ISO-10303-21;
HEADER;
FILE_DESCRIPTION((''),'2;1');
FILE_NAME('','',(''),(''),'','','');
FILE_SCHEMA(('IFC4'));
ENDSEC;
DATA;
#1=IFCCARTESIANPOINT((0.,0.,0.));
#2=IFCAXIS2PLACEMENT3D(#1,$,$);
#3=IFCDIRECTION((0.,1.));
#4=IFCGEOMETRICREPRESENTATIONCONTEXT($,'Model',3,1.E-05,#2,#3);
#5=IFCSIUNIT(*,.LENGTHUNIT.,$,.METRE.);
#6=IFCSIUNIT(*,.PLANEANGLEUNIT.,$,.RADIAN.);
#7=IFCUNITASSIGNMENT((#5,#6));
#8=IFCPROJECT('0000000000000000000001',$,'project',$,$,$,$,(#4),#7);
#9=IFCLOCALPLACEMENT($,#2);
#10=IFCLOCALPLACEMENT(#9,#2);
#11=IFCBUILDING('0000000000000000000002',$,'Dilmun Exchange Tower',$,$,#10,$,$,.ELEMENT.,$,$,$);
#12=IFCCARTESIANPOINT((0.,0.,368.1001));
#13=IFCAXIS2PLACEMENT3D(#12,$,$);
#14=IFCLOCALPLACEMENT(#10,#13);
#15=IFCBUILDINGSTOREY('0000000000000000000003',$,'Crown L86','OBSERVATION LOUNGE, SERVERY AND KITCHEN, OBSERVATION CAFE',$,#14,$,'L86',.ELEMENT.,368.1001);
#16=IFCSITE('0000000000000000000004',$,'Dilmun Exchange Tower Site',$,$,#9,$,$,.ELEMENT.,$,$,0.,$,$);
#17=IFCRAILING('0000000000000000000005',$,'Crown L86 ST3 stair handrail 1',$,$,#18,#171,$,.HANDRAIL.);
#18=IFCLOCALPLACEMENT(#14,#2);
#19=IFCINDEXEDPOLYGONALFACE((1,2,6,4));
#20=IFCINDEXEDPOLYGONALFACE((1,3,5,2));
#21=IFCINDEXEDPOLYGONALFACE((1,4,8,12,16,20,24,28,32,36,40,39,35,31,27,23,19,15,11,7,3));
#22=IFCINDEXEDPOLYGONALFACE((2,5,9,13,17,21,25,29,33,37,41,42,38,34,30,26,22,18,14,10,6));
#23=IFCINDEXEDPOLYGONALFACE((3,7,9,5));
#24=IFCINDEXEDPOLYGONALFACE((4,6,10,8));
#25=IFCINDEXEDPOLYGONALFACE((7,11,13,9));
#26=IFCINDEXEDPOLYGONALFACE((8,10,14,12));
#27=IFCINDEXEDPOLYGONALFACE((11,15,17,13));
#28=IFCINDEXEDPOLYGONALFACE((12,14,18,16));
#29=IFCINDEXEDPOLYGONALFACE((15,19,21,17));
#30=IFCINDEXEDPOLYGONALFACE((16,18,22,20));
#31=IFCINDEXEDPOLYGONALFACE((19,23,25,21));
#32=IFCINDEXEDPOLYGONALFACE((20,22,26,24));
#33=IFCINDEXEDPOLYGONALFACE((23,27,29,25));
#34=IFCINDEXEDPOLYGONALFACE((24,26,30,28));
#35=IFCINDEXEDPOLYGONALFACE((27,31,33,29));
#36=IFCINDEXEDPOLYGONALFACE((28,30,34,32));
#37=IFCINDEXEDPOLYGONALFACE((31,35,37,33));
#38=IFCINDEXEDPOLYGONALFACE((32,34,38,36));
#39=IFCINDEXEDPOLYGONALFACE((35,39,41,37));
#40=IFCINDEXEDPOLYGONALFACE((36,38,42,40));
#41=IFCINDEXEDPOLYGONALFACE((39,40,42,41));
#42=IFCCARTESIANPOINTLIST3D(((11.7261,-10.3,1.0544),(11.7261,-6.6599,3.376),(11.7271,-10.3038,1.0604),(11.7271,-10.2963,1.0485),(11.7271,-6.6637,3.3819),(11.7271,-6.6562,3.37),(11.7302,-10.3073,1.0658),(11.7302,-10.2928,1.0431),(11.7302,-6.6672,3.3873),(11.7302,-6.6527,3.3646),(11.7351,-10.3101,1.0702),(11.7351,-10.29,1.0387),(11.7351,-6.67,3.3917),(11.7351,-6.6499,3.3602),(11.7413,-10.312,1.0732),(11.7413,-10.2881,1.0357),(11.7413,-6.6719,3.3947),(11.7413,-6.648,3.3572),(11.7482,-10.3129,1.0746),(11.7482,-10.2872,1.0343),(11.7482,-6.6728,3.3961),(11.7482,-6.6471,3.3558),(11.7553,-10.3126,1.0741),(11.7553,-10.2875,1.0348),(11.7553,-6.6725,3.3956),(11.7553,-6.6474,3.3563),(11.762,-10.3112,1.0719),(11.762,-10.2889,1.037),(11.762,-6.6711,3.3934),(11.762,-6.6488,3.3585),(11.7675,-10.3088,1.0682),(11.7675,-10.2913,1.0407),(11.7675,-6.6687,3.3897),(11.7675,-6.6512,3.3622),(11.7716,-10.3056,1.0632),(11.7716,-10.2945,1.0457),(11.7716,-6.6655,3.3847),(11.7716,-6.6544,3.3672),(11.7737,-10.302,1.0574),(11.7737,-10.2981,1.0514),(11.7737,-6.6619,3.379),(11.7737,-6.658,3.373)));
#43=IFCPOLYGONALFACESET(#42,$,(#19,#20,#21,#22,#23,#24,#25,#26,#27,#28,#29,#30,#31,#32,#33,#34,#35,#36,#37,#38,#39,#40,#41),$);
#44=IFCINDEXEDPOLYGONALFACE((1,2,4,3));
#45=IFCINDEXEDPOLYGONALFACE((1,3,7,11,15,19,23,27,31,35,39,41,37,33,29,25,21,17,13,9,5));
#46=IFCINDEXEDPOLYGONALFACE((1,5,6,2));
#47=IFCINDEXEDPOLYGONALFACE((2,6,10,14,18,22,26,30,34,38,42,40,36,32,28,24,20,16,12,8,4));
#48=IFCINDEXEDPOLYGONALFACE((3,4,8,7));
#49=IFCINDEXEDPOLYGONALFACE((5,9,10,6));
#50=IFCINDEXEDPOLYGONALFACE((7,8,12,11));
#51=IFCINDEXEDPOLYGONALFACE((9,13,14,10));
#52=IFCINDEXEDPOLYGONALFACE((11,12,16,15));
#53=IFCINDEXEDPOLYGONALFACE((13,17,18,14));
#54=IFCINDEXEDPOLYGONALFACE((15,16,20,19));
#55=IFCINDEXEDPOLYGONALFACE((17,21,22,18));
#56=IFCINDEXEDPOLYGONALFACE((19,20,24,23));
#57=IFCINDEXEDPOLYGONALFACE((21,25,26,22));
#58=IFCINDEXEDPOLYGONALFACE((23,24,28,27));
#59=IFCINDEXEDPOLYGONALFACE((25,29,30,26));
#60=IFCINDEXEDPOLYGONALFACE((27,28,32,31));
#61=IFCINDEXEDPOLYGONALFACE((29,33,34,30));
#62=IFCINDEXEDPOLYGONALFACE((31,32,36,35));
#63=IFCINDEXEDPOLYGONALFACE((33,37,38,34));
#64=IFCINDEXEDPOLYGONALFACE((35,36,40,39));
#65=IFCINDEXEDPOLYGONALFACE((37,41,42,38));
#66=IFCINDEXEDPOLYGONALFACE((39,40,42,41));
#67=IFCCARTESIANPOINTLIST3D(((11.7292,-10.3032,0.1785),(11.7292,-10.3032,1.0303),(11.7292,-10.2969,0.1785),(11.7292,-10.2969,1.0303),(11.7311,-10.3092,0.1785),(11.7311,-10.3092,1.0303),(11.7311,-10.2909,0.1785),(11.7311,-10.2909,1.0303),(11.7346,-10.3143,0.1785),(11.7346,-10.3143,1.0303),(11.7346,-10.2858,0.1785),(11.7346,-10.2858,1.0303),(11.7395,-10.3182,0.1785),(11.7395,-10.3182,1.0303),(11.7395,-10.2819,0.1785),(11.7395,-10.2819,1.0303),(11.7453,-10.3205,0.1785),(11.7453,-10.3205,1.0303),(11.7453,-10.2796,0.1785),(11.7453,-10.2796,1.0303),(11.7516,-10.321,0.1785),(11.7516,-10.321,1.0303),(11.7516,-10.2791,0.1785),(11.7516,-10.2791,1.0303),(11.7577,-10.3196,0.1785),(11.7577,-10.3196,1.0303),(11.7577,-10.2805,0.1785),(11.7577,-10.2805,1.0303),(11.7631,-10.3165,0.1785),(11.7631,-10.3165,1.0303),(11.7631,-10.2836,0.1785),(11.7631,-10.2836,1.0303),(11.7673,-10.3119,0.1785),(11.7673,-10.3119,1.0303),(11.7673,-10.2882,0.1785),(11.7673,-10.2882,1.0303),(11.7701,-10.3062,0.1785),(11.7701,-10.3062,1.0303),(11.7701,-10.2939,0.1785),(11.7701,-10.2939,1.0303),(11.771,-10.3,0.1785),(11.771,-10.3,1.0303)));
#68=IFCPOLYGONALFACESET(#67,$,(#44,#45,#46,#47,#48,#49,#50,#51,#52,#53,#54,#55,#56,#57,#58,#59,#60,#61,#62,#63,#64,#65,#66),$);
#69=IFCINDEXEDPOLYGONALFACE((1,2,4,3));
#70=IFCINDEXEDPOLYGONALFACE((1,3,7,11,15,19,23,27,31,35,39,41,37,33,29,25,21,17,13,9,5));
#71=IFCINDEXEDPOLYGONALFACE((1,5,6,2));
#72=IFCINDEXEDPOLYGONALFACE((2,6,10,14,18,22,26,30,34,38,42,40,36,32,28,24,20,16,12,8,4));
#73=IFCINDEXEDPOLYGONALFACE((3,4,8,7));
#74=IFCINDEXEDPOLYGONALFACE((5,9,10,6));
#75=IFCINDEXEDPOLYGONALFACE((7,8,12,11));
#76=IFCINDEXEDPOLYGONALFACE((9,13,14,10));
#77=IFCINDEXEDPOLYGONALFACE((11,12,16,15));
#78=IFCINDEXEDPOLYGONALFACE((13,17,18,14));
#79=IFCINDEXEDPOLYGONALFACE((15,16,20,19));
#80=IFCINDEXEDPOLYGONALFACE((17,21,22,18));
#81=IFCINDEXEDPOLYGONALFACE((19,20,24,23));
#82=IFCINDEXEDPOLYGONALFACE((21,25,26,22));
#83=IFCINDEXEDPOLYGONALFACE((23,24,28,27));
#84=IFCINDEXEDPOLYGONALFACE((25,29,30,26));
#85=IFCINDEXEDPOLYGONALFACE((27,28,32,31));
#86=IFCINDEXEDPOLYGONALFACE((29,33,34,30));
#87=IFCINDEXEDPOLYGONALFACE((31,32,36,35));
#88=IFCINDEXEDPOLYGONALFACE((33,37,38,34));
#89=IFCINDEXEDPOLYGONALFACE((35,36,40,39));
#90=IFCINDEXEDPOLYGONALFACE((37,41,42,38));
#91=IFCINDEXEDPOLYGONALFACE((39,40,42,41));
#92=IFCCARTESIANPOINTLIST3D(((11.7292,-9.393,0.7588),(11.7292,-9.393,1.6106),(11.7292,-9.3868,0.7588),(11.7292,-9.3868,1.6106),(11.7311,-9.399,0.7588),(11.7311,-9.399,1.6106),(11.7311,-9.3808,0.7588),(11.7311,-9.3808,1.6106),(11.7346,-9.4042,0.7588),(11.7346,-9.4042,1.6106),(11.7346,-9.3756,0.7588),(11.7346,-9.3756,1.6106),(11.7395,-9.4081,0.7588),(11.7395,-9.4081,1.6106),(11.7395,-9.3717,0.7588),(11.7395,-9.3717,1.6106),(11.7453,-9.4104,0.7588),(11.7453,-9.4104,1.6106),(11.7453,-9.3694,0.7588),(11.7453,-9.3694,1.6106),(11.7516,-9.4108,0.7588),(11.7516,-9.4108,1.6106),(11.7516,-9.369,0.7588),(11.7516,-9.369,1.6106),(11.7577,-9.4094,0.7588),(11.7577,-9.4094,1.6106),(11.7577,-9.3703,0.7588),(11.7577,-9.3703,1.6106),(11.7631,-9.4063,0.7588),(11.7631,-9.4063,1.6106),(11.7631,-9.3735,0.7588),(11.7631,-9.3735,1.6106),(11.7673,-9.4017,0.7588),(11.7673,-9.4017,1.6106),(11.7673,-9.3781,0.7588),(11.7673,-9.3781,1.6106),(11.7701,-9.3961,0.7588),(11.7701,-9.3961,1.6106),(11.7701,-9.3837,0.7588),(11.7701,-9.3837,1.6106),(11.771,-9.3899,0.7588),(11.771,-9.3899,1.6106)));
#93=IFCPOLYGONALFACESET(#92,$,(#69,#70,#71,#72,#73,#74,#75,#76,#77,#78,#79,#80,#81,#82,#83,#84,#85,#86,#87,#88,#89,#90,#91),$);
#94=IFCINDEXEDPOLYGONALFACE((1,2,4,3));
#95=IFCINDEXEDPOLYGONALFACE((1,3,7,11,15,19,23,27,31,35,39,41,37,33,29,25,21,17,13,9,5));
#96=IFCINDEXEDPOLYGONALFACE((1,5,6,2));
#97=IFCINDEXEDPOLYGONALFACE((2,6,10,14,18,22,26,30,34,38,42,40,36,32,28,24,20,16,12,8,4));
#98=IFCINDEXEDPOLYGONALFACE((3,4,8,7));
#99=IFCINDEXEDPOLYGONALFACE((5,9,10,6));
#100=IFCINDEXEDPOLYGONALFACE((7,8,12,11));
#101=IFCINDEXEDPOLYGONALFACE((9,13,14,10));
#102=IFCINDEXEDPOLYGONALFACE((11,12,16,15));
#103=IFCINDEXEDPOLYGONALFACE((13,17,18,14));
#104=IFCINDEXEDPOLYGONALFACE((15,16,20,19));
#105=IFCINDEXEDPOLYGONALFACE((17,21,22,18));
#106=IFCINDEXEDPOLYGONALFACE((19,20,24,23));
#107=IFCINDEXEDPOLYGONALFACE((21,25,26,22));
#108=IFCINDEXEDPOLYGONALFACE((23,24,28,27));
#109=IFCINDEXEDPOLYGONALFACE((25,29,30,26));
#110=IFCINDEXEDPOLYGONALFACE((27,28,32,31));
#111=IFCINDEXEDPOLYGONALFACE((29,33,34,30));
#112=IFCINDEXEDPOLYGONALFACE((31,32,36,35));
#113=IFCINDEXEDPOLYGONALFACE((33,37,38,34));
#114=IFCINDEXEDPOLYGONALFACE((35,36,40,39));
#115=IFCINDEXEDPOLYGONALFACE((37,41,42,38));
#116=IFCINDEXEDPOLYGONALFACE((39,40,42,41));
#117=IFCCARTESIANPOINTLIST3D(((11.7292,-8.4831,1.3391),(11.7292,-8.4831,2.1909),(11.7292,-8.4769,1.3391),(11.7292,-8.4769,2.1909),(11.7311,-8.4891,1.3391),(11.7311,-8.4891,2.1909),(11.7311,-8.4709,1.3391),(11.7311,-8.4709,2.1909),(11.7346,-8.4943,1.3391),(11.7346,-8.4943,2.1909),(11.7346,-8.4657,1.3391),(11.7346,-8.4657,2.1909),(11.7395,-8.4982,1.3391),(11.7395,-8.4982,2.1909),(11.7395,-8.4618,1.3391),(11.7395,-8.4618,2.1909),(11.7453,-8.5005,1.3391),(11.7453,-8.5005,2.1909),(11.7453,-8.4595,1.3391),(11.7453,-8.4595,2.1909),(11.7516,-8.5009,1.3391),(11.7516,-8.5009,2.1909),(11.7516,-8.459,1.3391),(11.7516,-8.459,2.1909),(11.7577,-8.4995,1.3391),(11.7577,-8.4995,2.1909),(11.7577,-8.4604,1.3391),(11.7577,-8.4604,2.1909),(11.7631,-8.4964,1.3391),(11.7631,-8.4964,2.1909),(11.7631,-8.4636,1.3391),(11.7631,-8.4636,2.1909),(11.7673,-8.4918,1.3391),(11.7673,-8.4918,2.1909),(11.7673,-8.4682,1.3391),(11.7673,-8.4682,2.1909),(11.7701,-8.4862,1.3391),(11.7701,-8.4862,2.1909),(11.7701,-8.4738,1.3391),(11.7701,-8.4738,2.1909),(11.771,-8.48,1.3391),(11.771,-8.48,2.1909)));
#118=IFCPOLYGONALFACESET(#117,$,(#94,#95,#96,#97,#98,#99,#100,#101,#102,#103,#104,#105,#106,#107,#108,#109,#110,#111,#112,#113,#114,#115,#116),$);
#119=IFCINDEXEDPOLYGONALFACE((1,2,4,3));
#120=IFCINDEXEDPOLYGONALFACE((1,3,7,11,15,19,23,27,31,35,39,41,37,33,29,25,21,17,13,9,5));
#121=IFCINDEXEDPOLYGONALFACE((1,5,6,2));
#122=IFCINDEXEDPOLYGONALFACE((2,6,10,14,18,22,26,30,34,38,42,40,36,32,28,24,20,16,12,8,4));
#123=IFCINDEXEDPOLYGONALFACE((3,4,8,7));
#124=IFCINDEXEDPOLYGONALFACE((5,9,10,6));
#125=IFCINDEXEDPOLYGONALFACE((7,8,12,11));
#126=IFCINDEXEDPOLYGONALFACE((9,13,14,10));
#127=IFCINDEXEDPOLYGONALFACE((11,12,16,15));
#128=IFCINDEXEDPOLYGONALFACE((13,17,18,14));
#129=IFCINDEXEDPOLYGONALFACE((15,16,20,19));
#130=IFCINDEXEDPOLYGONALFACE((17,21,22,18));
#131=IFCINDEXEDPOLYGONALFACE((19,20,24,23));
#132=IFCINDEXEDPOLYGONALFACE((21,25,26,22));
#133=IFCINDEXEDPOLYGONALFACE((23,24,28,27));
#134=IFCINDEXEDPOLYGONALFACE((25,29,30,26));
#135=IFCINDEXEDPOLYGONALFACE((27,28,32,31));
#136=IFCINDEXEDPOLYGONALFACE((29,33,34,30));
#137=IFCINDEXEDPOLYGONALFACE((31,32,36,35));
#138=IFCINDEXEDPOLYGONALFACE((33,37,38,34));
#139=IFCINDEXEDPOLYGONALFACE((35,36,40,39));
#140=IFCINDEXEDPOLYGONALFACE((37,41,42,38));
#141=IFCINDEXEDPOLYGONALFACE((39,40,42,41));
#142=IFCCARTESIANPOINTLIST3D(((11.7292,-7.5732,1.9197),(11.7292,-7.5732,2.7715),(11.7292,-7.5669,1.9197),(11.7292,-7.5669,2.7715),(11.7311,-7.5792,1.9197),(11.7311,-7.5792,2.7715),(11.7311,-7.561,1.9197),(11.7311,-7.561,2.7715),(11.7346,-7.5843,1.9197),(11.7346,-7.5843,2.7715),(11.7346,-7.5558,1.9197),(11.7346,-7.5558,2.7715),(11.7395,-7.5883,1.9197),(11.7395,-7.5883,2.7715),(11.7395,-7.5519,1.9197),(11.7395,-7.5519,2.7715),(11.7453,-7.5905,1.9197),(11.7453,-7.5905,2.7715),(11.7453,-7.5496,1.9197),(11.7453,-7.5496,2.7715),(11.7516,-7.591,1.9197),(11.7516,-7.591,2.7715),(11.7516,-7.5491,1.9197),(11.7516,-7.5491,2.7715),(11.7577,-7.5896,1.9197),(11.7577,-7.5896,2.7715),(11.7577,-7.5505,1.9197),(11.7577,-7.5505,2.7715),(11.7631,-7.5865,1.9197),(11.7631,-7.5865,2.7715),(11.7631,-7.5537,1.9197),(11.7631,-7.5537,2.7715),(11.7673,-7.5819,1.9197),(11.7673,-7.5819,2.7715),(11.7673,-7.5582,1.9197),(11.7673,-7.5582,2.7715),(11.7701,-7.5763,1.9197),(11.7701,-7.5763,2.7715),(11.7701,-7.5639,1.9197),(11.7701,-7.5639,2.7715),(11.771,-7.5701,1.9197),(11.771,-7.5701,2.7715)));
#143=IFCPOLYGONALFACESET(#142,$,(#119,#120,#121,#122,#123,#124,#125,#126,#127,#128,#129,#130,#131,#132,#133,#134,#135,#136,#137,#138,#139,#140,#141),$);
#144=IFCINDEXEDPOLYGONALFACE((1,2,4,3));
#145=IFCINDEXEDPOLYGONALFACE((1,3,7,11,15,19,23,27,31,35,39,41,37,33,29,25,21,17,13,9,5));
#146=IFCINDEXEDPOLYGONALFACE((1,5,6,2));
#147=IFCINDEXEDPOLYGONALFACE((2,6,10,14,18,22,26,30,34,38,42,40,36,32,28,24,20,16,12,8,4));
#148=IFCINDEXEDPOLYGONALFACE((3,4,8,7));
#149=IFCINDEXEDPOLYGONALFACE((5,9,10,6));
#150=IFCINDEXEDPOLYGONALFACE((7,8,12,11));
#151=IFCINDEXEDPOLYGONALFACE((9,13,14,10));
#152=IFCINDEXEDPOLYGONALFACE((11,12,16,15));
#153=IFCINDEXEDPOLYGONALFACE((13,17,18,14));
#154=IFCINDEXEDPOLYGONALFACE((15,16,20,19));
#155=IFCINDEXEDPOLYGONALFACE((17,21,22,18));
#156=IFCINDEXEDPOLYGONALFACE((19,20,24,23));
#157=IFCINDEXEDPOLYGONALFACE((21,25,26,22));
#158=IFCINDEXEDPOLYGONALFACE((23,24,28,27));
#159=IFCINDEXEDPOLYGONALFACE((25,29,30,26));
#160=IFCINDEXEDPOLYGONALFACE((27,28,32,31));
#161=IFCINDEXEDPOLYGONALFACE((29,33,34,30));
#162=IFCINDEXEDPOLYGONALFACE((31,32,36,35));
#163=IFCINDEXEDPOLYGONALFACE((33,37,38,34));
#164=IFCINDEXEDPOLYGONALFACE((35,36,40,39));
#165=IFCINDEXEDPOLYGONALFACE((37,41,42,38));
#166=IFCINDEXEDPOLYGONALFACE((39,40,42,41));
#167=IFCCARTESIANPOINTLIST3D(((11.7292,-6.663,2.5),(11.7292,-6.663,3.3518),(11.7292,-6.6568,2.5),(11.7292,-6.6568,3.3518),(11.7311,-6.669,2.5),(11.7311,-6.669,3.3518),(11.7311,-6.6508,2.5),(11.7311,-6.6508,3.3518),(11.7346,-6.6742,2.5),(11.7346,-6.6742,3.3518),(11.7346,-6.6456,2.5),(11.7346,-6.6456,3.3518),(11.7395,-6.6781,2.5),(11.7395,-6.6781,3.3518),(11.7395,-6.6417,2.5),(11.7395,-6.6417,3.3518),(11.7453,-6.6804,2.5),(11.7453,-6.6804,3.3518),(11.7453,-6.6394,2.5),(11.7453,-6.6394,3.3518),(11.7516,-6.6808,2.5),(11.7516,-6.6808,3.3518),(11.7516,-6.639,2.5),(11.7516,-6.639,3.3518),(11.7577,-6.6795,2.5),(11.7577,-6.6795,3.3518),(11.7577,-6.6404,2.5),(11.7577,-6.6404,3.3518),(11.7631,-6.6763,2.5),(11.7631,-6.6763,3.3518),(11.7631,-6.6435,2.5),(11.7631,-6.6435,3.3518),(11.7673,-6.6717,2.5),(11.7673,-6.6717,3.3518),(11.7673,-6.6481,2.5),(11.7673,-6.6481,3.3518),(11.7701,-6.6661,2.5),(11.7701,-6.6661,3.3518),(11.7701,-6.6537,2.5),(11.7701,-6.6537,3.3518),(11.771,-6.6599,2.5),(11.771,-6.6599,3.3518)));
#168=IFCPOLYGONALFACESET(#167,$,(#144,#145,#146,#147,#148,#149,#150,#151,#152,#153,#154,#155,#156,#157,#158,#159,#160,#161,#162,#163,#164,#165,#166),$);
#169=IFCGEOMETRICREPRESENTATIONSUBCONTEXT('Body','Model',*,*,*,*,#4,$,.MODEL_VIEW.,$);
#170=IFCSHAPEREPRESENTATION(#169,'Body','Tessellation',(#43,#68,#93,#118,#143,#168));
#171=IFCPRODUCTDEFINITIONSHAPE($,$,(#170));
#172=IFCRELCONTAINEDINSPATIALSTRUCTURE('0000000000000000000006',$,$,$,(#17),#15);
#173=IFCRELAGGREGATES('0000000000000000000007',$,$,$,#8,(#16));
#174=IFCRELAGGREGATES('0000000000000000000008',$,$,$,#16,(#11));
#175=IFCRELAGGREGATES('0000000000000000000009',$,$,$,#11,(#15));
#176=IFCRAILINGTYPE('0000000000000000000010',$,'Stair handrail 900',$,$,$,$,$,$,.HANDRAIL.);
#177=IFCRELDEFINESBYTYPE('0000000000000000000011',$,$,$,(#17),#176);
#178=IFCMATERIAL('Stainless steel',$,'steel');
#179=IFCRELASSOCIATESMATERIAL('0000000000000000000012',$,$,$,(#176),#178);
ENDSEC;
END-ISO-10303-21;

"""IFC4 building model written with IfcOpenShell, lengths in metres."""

from ifc_helpers import new_model, si_unit, direction, frame, origin, origin_2d, place, context, subcontext, project, spatial, circle, extrude, material, type_object, element, save


model = new_model("IFC4")

# Units and contexts
model_context = context("Model", 3, precision=1e-05, world=origin(), true_north=direction((0.0, 1.0)))
body_context = subcontext(model_context, "Body", "Model", "MODEL_VIEW")
ifc_project = project(units=[si_unit("LENGTHUNIT", "METRE"), si_unit("PLANEANGLEUNIT", "RADIAN")], contexts=[model_context])

# Site, building, storey
site_placement = place(None, origin())
site = spatial("IfcSite", under=ifc_project, at=site_placement, Name="Dilmun Exchange Tower Site", CompositionType="ELEMENT", RefElevation=0.0)
building_placement = place(site_placement, origin())
building = spatial("IfcBuilding", under=site, at=building_placement, Name="Dilmun Exchange Tower", CompositionType="ELEMENT")
storey_placement = place(building_placement, frame((0.0, 0.0, 368.1001)))
storey = spatial("IfcBuildingStorey", under=building, at=storey_placement, Name="Crown L86", Description="OBSERVATION LOUNGE, SERVERY AND KITCHEN, OBSERVATION CAFE", LongName="L86", CompositionType="ELEMENT", Elevation=368.1001)

# Railing
ifc_material_1 = material(Name="Stainless steel", Category="steel")
railing_type = type_object("IfcRailingType", Name="Stair handrail 900", PredefinedType="HANDRAIL", material=ifc_material_1)
railing_1_placement = place(storey_placement, frame((11.75, -10.3, 0.1785)))
element("IfcRailing", 1, at=railing_1_placement, inside=storey, type_object=railing_type, Name="Crown L86 ST3 stair handrail 1", PredefinedType="HANDRAIL", context=body_context, shape_type="SweptSolid", body=[
    extrude(circle(Radius=0.0239, at=origin_2d()), frame((0.0, 0.0, 0.876), z_axis=(0.0, 0.843128, 0.537713), x_axis=(-1.0, 0.0, 0.0)), (0.0, 0.0, 1.0), 4.3174),
    extrude(circle(Radius=0.021, at=origin_2d()), origin(), (0.0, 0.0, 1.0), 0.8518),
    extrude(circle(Radius=0.021, at=origin_2d()), frame((0.0, 0.9102, 0.5803)), (0.0, 0.0, 1.0), 0.8518),
    extrude(circle(Radius=0.021, at=origin_2d()), frame((0.0, 1.8201, 1.1606)), (0.0, 0.0, 1.0), 0.8518),
    extrude(circle(Radius=0.021, at=origin_2d()), frame((0.0, 2.73, 1.7412)), (0.0, 0.0, 1.0), 0.8518),
    extrude(circle(Radius=0.021, at=origin_2d()), frame((0.0, 3.6401, 2.3215)), (0.0, 0.0, 1.0), 0.8518),
])

save(model, "model.ifc")
